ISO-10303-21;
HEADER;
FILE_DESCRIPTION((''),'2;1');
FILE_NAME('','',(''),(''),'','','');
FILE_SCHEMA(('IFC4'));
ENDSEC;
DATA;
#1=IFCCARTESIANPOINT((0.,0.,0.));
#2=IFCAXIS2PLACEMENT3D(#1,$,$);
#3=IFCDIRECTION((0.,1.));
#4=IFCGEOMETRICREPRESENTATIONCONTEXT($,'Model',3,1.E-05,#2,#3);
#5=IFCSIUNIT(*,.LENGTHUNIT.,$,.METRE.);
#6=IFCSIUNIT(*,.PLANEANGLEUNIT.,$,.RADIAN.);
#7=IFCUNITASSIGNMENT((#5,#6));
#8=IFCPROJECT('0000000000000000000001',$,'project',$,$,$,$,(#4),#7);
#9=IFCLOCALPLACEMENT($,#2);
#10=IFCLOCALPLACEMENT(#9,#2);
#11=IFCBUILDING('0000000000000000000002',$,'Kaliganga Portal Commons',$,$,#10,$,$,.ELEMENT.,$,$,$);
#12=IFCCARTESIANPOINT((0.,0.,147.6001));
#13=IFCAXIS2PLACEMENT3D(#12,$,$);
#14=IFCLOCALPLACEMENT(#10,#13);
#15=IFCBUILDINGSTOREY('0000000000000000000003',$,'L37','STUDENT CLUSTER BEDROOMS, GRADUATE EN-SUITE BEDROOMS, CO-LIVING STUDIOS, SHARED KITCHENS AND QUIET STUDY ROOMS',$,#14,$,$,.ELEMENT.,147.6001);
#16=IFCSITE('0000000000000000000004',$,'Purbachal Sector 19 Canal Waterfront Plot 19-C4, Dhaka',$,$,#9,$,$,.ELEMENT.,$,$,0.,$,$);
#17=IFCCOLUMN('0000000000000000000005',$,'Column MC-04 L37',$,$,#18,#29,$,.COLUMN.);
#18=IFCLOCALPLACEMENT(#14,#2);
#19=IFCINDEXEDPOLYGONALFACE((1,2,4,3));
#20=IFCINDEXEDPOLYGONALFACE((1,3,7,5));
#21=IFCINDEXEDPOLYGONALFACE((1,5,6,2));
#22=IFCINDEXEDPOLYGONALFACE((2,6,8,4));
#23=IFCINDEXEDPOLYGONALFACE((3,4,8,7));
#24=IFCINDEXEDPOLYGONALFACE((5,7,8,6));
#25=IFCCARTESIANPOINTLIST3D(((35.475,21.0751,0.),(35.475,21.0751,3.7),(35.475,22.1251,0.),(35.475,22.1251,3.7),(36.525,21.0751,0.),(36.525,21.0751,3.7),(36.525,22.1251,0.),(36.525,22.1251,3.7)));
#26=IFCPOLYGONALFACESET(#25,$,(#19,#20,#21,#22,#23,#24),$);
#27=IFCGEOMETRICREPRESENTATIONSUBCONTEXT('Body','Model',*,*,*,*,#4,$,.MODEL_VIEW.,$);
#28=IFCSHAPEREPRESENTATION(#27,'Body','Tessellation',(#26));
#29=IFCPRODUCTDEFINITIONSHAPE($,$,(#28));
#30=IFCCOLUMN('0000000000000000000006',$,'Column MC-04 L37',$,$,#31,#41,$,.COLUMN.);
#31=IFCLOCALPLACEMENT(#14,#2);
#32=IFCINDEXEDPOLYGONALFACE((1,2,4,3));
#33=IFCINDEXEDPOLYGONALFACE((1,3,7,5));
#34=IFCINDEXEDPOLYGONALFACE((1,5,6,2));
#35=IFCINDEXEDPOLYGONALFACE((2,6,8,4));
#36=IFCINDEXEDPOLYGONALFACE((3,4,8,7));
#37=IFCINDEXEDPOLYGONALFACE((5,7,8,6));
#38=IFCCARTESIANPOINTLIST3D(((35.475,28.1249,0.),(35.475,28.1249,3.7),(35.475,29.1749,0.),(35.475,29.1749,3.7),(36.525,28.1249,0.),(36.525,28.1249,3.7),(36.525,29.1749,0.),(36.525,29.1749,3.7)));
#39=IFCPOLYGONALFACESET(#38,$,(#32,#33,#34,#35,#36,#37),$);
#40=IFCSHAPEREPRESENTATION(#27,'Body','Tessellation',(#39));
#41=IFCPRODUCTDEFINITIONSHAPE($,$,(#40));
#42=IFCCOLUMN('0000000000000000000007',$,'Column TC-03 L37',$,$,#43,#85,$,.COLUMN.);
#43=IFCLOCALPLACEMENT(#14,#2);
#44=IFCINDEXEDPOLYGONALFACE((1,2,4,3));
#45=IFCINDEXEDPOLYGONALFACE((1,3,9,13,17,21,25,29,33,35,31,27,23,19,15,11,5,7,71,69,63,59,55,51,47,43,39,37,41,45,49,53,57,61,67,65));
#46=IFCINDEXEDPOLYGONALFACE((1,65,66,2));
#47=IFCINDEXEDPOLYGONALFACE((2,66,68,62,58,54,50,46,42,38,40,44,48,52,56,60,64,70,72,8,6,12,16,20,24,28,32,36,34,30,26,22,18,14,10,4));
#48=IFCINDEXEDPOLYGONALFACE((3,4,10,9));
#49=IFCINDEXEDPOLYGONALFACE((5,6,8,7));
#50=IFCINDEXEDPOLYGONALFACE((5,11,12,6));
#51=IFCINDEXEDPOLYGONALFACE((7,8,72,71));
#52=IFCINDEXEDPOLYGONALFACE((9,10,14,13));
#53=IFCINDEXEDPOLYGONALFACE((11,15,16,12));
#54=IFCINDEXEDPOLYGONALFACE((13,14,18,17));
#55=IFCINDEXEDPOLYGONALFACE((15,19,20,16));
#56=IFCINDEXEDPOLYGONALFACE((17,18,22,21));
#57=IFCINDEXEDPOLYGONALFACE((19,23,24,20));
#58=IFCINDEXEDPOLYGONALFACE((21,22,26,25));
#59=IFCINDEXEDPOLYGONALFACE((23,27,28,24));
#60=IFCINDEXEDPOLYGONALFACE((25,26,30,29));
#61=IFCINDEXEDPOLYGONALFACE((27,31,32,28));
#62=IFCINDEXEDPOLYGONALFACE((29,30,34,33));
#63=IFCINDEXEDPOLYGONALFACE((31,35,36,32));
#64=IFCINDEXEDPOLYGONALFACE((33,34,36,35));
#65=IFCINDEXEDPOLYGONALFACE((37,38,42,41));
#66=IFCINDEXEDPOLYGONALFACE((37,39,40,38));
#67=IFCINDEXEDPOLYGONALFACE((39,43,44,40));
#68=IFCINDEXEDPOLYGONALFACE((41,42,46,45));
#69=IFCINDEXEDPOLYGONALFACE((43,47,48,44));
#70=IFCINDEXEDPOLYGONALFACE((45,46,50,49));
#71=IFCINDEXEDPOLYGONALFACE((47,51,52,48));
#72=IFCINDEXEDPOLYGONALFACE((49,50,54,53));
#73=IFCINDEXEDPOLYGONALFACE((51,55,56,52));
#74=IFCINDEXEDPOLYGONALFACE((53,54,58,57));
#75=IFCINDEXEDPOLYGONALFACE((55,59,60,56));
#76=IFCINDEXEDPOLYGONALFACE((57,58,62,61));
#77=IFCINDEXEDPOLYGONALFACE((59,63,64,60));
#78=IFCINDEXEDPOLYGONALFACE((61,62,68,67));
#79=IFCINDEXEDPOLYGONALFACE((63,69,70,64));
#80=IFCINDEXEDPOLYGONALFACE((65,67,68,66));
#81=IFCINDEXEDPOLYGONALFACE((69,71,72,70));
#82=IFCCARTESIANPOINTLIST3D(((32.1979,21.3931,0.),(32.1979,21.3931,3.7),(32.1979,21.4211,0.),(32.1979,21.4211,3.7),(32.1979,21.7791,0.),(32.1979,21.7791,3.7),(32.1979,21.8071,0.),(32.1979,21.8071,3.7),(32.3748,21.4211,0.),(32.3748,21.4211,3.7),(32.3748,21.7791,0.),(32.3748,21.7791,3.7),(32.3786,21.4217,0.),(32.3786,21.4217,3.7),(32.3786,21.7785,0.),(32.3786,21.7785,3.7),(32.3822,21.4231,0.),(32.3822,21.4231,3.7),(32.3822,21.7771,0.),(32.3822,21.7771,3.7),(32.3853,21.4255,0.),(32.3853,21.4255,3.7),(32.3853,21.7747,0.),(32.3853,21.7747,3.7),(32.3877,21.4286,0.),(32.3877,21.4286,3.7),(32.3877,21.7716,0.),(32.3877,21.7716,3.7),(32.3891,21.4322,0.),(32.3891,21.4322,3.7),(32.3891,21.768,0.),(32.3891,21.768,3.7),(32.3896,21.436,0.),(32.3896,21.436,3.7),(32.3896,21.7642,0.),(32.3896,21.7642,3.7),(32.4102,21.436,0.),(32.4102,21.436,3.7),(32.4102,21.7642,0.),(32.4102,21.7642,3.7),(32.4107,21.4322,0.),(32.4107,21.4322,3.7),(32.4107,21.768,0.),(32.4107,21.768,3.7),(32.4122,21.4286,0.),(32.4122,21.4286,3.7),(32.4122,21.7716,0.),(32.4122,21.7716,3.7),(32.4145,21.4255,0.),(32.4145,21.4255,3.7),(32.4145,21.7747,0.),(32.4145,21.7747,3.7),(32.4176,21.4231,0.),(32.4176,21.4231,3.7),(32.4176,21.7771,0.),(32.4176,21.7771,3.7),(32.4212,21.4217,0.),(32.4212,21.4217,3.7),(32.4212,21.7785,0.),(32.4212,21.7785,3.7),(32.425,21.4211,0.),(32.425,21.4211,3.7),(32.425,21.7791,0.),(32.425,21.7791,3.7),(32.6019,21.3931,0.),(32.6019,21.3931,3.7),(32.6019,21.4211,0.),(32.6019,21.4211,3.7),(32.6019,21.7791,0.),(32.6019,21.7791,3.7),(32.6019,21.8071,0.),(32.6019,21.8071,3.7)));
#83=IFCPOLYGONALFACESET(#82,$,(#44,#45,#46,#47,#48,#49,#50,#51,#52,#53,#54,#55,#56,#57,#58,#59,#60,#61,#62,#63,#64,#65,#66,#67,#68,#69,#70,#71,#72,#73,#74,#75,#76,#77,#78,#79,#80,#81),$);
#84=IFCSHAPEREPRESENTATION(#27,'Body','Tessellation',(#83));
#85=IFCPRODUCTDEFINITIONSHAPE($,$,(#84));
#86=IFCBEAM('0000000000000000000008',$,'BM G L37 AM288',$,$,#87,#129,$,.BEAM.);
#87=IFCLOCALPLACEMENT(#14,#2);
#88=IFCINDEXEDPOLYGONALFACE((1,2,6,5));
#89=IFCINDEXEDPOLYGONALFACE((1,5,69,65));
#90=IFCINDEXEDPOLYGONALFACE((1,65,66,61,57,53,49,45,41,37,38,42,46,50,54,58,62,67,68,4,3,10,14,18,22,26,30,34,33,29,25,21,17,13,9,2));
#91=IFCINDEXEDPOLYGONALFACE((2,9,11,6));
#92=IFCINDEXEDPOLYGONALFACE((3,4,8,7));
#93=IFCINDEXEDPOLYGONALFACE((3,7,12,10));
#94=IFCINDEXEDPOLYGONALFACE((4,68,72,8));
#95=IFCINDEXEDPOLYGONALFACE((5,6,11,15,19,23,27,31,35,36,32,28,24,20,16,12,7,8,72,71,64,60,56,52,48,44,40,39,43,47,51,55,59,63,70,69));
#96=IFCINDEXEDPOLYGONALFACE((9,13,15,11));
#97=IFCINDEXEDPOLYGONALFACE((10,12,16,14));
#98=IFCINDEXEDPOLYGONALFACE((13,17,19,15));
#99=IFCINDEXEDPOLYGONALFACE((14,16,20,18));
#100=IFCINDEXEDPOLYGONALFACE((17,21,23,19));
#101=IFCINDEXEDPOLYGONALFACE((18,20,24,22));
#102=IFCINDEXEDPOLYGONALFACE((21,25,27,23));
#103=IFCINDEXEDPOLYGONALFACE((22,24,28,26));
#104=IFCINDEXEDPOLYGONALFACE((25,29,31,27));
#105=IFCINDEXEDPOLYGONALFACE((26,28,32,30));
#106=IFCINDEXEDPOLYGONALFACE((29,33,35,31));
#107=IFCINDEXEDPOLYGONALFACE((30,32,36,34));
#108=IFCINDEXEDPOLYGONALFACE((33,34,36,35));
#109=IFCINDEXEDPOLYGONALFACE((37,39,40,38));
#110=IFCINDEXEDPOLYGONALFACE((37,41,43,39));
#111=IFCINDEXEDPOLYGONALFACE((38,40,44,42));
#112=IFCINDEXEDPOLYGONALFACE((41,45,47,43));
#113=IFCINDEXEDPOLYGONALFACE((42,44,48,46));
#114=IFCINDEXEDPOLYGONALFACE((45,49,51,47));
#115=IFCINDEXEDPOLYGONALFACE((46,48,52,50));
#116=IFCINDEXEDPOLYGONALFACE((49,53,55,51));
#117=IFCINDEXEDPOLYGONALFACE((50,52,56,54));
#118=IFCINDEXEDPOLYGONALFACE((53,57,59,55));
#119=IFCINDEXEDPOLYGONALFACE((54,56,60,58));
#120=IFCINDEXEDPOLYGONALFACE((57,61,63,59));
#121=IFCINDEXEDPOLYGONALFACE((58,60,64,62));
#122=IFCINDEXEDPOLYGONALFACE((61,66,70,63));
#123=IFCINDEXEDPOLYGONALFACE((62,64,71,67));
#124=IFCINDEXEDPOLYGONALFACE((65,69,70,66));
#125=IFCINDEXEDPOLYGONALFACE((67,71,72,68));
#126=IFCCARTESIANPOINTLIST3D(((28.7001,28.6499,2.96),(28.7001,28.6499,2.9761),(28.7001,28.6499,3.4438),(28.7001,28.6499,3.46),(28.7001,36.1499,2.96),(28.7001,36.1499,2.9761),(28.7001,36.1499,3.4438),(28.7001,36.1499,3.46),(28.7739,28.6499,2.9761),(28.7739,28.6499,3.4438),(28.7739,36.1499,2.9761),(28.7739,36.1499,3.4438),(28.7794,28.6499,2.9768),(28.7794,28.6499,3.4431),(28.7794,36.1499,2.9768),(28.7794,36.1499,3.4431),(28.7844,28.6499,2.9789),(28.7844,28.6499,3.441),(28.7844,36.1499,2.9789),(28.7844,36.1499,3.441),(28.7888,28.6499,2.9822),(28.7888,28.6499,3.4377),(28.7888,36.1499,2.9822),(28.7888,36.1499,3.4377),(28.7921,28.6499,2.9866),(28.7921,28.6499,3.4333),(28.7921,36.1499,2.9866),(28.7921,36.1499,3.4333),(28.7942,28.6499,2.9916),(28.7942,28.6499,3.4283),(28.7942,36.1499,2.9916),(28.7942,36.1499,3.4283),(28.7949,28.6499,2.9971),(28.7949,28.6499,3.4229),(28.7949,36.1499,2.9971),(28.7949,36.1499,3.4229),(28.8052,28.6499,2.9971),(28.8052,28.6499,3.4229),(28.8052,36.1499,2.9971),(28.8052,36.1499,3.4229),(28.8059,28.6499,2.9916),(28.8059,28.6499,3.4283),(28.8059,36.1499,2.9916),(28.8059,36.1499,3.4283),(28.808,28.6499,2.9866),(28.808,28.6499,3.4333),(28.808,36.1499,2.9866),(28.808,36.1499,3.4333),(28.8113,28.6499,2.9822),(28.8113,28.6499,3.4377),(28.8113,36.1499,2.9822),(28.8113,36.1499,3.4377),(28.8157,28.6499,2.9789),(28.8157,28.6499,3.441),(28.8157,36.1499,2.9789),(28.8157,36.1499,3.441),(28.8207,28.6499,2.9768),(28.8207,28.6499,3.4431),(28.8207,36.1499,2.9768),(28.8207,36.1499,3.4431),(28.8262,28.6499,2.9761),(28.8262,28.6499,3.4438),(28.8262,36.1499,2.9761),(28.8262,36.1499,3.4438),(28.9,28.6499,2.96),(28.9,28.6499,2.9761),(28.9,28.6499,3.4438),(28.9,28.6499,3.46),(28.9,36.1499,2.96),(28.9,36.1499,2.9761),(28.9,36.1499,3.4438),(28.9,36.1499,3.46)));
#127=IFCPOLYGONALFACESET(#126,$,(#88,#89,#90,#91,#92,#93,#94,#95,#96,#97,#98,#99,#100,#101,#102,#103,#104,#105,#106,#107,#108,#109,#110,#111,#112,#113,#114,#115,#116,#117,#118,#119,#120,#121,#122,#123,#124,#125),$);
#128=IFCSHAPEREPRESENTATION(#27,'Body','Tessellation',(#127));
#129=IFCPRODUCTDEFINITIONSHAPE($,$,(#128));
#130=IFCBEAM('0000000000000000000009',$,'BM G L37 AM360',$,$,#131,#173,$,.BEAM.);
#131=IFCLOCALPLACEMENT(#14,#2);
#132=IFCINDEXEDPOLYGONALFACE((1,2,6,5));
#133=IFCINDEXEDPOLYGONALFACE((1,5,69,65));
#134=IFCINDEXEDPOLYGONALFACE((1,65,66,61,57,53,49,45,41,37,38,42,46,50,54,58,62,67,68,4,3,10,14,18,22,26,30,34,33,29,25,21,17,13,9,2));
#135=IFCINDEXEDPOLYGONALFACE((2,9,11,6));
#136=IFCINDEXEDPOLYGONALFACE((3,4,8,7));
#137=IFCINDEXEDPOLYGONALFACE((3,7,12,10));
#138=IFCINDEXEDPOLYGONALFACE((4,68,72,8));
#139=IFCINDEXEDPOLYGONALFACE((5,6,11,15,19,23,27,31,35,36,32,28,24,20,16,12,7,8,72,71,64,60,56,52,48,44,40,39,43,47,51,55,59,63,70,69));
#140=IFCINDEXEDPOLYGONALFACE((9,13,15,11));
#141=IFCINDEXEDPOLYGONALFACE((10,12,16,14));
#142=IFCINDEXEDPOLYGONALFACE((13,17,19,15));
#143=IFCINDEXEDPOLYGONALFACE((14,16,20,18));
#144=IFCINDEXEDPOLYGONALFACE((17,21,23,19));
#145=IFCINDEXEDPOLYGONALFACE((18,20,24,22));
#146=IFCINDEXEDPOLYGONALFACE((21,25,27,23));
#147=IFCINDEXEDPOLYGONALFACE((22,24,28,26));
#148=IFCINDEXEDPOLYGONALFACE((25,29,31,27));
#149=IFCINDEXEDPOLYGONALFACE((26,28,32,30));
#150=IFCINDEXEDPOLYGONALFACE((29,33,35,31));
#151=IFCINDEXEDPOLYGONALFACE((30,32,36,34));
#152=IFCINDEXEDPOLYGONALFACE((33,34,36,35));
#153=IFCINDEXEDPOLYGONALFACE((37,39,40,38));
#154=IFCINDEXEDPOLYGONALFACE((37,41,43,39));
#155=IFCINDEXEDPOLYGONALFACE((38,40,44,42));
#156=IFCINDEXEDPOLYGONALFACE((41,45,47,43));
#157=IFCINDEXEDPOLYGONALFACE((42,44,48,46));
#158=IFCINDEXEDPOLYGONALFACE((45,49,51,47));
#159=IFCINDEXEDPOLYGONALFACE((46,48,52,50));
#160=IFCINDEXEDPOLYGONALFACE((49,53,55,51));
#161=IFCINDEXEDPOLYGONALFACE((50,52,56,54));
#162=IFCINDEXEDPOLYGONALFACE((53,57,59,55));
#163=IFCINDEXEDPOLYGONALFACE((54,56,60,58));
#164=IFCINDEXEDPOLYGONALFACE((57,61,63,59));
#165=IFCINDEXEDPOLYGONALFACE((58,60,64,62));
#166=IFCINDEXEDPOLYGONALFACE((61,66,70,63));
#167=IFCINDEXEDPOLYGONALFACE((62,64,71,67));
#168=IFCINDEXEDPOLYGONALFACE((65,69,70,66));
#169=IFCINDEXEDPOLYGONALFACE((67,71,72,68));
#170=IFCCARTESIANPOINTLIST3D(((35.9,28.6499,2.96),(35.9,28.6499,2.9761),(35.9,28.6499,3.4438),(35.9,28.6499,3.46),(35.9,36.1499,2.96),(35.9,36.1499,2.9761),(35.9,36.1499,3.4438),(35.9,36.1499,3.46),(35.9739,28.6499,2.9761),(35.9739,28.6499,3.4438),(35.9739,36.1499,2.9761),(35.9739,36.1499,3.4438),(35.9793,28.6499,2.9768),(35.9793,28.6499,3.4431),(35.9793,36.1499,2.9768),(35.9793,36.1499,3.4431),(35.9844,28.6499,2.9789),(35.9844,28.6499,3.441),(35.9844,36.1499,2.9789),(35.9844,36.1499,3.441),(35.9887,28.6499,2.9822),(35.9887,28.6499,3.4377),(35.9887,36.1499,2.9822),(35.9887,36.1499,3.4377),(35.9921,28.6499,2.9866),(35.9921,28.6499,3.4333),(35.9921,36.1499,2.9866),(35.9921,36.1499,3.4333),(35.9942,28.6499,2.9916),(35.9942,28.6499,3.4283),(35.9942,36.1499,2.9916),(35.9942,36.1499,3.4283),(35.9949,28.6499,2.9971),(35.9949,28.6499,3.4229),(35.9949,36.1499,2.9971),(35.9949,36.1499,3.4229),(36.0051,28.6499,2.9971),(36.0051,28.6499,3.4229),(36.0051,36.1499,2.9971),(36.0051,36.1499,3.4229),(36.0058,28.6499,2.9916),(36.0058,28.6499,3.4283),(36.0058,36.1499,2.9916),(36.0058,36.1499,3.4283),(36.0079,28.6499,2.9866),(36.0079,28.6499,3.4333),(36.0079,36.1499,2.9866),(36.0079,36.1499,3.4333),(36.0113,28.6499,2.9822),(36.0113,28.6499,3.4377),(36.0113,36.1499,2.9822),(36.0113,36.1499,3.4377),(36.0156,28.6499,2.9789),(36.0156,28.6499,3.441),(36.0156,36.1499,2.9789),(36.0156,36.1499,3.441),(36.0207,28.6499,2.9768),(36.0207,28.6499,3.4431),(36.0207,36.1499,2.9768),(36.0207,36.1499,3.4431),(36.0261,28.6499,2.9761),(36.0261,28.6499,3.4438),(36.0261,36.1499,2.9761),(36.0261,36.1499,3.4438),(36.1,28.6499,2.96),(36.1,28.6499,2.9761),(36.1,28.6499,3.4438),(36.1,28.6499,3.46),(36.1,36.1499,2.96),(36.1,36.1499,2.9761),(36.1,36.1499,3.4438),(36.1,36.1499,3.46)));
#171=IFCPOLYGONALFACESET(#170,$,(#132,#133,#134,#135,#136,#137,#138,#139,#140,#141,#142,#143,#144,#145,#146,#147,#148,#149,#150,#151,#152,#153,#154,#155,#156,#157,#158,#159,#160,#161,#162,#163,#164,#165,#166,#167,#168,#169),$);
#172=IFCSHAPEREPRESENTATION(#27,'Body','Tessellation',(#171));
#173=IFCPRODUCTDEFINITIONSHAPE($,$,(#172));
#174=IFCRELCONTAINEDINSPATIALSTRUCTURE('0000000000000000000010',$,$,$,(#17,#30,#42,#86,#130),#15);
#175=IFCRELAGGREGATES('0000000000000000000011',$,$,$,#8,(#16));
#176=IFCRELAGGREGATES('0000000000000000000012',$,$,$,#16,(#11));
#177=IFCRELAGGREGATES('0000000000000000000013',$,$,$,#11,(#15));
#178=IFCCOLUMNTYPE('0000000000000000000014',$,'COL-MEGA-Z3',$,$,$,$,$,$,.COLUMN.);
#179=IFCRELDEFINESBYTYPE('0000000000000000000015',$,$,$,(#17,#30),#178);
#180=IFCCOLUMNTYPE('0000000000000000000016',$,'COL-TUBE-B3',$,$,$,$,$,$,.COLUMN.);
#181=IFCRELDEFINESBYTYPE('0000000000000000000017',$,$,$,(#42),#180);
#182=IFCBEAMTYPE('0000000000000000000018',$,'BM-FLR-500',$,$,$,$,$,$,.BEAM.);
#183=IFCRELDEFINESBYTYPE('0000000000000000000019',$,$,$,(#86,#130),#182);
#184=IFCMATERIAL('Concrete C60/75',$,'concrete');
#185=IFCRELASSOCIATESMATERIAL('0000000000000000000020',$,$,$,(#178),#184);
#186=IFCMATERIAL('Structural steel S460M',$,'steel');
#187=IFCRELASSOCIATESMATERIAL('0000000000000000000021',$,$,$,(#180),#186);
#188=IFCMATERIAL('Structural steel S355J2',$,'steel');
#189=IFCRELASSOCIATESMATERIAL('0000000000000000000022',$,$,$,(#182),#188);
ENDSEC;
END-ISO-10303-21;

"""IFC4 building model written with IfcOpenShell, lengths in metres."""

from ifc_helpers import new_model, si_unit, direction, frame, origin, origin_2d, place, context, subcontext, project, spatial, rectangle, i_section, extrude, source, transform, mapped, material, material_profile, profile_set, type_object, element, save


model = new_model("IFC4")

# Units and contexts
model_context = context("Model", 3, precision=1e-05, world=origin(), true_north=direction((0.0, 1.0)))
body_context = subcontext(model_context, "Body", "Model", "MODEL_VIEW")
ifc_project = project(units=[si_unit("LENGTHUNIT", "METRE"), si_unit("PLANEANGLEUNIT", "RADIAN")], contexts=[model_context])

# Site, building, storey
site_placement = place(None, origin())
site = spatial("IfcSite", under=ifc_project, at=site_placement, Name="Purbachal Sector 19 Canal Waterfront Plot 19-C4, Dhaka", CompositionType="ELEMENT", RefElevation=0.0)
building_placement = place(site_placement, origin())
building = spatial("IfcBuilding", under=site, at=building_placement, Name="Kaliganga Portal Commons", CompositionType="ELEMENT")
storey_placement = place(building_placement, frame((0.0, 0.0, 147.6001)))
storey = spatial("IfcBuildingStorey", under=building, at=storey_placement, Name="L37", Description="STUDENT CLUSTER BEDROOMS, GRADUATE EN-SUITE BEDROOMS, CO-LIVING STUDIOS, SHARED KITCHENS AND QUIET STUDY ROOMS", CompositionType="ELEMENT", Elevation=147.6001)

# Columns
ifc_material_1 = material(Name="Concrete C60/75", Category="concrete")
ifc_material_profile_1 = material_profile(ifc_material_1, rectangle(XDim=1.05, YDim=1.05, at=origin_2d()), Name="RC 1050x1050")
ifc_profile_set_1 = profile_set([ifc_material_profile_1], Name="Concrete C60/75")
column_type_1 = type_object("IfcColumnType", Name="COL-MEGA-Z3", PredefinedType="COLUMN", material=ifc_profile_set_1)
shared_shape_1 = source(origin(), body_context, "Body", "SweptSolid", [
    extrude(rectangle(XDim=1.05, YDim=1.05, at=origin_2d()), origin(), (0.0, 0.0, 1.0), 3.7),
])
for number, where, z_axis, x_axis, name in (
    (1, (36.0, 21.6001, 0.0), (0.0, 0.0, 1.0), (1.0, 0.0, 0.0), "Column MC-04 L37"),
    (2, (36.0, 28.6499, 0.0), (0.0, 0.0, 1.0), (1.0, 0.0, 0.0), "Column MC-04 L37"),
):
    element("IfcColumn", number, at=place(storey_placement, frame(where, z_axis=z_axis, x_axis=x_axis)), inside=storey, type_object=column_type_1, Name=name, PredefinedType="COLUMN", context=body_context, shape_type="MappedRepresentation", body=[
        mapped(shared_shape_1, transform((0.0, 0.0, 0.0), x_axis=(1.0, 0.0, 0.0), y_axis=(0.0, 1.0, 0.0), z_axis=(0.0, 0.0, 1.0), scale=1.0)),
    ])
ifc_material_2 = material(Name="Structural steel S460M", Category="steel")
ifc_material_profile_2 = material_profile(ifc_material_2, i_section(OverallWidth=0.4041, OverallDepth=0.4141, WebThickness=0.0205, FlangeThickness=0.0281, FilletRadius=0.0149, at=origin_2d()), Name="HD 400x347")
ifc_profile_set_2 = profile_set([ifc_material_profile_2], Name="Structural steel S460M wide-flange")
column_type_2 = type_object("IfcColumnType", Name="COL-TUBE-B3", PredefinedType="COLUMN", material=ifc_profile_set_2)
shared_shape_2 = source(origin(), body_context, "Body", "SweptSolid", [
    extrude(i_section(OverallWidth=0.4041, OverallDepth=0.4141, WebThickness=0.0205, FlangeThickness=0.0281, FilletRadius=0.0149, at=origin_2d()), origin(), (0.0, 0.0, 1.0), 3.7),
])
column_placement = place(storey_placement, frame((32.3999, 21.6001, 0.0), z_axis=(0.0, 0.0, 1.0), x_axis=(1.0, 0.0, 0.0)))
element("IfcColumn", 3, at=column_placement, inside=storey, type_object=column_type_2, Name="Column TC-03 L37", PredefinedType="COLUMN", context=body_context, shape_type="MappedRepresentation", body=[
    mapped(shared_shape_2, transform((0.0, 0.0, 0.0), x_axis=(1.0, 0.0, 0.0), y_axis=(0.0, 1.0, 0.0), z_axis=(0.0, 0.0, 1.0), scale=1.0)),
])

# Beams
ifc_material_3 = material(Name="Structural steel S355J2", Category="steel")
ifc_material_profile_3 = material_profile(ifc_material_3, i_section(OverallWidth=0.2, OverallDepth=0.5, WebThickness=0.0103, FlangeThickness=0.0161, FilletRadius=0.021, at=origin_2d()), Name="IPE 500")
ifc_profile_set_3 = profile_set([ifc_material_profile_3], Name="Structural steel S355J2 wide-flange")
beam_type_1 = type_object("IfcBeamType", Name="BM-FLR-500", PredefinedType="BEAM", material=ifc_profile_set_3)
shared_shape_3 = source(origin(), body_context, "Body", "SweptSolid", [
    extrude(i_section(OverallWidth=0.2, OverallDepth=0.5, WebThickness=0.0103, FlangeThickness=0.0161, FilletRadius=0.021, at=origin_2d()), origin(), (0.0, 0.0, 1.0), 7.5),
])
for number, where, z_axis, x_axis, name in (
    (4, (28.8, 28.6499, 3.21), (0.0, 1.0, 0.0), (-1.0, 0.0, 0.0), "BM G L37 AM288"),
    (5, (36.0, 28.6499, 3.21), (0.0, 1.0, 0.0), (-1.0, 0.0, 0.0), "BM G L37 AM360"),
):
    element("IfcBeam", number, at=place(storey_placement, frame(where, z_axis=z_axis, x_axis=x_axis)), inside=storey, type_object=beam_type_1, Name=name, PredefinedType="BEAM", context=body_context, shape_type="MappedRepresentation", body=[
        mapped(shared_shape_3, transform((0.0, 0.0, 0.0), x_axis=(1.0, 0.0, 0.0), y_axis=(0.0, 1.0, 0.0), z_axis=(0.0, 0.0, 1.0), scale=1.0)),
    ])

save(model, "model.ifc")
